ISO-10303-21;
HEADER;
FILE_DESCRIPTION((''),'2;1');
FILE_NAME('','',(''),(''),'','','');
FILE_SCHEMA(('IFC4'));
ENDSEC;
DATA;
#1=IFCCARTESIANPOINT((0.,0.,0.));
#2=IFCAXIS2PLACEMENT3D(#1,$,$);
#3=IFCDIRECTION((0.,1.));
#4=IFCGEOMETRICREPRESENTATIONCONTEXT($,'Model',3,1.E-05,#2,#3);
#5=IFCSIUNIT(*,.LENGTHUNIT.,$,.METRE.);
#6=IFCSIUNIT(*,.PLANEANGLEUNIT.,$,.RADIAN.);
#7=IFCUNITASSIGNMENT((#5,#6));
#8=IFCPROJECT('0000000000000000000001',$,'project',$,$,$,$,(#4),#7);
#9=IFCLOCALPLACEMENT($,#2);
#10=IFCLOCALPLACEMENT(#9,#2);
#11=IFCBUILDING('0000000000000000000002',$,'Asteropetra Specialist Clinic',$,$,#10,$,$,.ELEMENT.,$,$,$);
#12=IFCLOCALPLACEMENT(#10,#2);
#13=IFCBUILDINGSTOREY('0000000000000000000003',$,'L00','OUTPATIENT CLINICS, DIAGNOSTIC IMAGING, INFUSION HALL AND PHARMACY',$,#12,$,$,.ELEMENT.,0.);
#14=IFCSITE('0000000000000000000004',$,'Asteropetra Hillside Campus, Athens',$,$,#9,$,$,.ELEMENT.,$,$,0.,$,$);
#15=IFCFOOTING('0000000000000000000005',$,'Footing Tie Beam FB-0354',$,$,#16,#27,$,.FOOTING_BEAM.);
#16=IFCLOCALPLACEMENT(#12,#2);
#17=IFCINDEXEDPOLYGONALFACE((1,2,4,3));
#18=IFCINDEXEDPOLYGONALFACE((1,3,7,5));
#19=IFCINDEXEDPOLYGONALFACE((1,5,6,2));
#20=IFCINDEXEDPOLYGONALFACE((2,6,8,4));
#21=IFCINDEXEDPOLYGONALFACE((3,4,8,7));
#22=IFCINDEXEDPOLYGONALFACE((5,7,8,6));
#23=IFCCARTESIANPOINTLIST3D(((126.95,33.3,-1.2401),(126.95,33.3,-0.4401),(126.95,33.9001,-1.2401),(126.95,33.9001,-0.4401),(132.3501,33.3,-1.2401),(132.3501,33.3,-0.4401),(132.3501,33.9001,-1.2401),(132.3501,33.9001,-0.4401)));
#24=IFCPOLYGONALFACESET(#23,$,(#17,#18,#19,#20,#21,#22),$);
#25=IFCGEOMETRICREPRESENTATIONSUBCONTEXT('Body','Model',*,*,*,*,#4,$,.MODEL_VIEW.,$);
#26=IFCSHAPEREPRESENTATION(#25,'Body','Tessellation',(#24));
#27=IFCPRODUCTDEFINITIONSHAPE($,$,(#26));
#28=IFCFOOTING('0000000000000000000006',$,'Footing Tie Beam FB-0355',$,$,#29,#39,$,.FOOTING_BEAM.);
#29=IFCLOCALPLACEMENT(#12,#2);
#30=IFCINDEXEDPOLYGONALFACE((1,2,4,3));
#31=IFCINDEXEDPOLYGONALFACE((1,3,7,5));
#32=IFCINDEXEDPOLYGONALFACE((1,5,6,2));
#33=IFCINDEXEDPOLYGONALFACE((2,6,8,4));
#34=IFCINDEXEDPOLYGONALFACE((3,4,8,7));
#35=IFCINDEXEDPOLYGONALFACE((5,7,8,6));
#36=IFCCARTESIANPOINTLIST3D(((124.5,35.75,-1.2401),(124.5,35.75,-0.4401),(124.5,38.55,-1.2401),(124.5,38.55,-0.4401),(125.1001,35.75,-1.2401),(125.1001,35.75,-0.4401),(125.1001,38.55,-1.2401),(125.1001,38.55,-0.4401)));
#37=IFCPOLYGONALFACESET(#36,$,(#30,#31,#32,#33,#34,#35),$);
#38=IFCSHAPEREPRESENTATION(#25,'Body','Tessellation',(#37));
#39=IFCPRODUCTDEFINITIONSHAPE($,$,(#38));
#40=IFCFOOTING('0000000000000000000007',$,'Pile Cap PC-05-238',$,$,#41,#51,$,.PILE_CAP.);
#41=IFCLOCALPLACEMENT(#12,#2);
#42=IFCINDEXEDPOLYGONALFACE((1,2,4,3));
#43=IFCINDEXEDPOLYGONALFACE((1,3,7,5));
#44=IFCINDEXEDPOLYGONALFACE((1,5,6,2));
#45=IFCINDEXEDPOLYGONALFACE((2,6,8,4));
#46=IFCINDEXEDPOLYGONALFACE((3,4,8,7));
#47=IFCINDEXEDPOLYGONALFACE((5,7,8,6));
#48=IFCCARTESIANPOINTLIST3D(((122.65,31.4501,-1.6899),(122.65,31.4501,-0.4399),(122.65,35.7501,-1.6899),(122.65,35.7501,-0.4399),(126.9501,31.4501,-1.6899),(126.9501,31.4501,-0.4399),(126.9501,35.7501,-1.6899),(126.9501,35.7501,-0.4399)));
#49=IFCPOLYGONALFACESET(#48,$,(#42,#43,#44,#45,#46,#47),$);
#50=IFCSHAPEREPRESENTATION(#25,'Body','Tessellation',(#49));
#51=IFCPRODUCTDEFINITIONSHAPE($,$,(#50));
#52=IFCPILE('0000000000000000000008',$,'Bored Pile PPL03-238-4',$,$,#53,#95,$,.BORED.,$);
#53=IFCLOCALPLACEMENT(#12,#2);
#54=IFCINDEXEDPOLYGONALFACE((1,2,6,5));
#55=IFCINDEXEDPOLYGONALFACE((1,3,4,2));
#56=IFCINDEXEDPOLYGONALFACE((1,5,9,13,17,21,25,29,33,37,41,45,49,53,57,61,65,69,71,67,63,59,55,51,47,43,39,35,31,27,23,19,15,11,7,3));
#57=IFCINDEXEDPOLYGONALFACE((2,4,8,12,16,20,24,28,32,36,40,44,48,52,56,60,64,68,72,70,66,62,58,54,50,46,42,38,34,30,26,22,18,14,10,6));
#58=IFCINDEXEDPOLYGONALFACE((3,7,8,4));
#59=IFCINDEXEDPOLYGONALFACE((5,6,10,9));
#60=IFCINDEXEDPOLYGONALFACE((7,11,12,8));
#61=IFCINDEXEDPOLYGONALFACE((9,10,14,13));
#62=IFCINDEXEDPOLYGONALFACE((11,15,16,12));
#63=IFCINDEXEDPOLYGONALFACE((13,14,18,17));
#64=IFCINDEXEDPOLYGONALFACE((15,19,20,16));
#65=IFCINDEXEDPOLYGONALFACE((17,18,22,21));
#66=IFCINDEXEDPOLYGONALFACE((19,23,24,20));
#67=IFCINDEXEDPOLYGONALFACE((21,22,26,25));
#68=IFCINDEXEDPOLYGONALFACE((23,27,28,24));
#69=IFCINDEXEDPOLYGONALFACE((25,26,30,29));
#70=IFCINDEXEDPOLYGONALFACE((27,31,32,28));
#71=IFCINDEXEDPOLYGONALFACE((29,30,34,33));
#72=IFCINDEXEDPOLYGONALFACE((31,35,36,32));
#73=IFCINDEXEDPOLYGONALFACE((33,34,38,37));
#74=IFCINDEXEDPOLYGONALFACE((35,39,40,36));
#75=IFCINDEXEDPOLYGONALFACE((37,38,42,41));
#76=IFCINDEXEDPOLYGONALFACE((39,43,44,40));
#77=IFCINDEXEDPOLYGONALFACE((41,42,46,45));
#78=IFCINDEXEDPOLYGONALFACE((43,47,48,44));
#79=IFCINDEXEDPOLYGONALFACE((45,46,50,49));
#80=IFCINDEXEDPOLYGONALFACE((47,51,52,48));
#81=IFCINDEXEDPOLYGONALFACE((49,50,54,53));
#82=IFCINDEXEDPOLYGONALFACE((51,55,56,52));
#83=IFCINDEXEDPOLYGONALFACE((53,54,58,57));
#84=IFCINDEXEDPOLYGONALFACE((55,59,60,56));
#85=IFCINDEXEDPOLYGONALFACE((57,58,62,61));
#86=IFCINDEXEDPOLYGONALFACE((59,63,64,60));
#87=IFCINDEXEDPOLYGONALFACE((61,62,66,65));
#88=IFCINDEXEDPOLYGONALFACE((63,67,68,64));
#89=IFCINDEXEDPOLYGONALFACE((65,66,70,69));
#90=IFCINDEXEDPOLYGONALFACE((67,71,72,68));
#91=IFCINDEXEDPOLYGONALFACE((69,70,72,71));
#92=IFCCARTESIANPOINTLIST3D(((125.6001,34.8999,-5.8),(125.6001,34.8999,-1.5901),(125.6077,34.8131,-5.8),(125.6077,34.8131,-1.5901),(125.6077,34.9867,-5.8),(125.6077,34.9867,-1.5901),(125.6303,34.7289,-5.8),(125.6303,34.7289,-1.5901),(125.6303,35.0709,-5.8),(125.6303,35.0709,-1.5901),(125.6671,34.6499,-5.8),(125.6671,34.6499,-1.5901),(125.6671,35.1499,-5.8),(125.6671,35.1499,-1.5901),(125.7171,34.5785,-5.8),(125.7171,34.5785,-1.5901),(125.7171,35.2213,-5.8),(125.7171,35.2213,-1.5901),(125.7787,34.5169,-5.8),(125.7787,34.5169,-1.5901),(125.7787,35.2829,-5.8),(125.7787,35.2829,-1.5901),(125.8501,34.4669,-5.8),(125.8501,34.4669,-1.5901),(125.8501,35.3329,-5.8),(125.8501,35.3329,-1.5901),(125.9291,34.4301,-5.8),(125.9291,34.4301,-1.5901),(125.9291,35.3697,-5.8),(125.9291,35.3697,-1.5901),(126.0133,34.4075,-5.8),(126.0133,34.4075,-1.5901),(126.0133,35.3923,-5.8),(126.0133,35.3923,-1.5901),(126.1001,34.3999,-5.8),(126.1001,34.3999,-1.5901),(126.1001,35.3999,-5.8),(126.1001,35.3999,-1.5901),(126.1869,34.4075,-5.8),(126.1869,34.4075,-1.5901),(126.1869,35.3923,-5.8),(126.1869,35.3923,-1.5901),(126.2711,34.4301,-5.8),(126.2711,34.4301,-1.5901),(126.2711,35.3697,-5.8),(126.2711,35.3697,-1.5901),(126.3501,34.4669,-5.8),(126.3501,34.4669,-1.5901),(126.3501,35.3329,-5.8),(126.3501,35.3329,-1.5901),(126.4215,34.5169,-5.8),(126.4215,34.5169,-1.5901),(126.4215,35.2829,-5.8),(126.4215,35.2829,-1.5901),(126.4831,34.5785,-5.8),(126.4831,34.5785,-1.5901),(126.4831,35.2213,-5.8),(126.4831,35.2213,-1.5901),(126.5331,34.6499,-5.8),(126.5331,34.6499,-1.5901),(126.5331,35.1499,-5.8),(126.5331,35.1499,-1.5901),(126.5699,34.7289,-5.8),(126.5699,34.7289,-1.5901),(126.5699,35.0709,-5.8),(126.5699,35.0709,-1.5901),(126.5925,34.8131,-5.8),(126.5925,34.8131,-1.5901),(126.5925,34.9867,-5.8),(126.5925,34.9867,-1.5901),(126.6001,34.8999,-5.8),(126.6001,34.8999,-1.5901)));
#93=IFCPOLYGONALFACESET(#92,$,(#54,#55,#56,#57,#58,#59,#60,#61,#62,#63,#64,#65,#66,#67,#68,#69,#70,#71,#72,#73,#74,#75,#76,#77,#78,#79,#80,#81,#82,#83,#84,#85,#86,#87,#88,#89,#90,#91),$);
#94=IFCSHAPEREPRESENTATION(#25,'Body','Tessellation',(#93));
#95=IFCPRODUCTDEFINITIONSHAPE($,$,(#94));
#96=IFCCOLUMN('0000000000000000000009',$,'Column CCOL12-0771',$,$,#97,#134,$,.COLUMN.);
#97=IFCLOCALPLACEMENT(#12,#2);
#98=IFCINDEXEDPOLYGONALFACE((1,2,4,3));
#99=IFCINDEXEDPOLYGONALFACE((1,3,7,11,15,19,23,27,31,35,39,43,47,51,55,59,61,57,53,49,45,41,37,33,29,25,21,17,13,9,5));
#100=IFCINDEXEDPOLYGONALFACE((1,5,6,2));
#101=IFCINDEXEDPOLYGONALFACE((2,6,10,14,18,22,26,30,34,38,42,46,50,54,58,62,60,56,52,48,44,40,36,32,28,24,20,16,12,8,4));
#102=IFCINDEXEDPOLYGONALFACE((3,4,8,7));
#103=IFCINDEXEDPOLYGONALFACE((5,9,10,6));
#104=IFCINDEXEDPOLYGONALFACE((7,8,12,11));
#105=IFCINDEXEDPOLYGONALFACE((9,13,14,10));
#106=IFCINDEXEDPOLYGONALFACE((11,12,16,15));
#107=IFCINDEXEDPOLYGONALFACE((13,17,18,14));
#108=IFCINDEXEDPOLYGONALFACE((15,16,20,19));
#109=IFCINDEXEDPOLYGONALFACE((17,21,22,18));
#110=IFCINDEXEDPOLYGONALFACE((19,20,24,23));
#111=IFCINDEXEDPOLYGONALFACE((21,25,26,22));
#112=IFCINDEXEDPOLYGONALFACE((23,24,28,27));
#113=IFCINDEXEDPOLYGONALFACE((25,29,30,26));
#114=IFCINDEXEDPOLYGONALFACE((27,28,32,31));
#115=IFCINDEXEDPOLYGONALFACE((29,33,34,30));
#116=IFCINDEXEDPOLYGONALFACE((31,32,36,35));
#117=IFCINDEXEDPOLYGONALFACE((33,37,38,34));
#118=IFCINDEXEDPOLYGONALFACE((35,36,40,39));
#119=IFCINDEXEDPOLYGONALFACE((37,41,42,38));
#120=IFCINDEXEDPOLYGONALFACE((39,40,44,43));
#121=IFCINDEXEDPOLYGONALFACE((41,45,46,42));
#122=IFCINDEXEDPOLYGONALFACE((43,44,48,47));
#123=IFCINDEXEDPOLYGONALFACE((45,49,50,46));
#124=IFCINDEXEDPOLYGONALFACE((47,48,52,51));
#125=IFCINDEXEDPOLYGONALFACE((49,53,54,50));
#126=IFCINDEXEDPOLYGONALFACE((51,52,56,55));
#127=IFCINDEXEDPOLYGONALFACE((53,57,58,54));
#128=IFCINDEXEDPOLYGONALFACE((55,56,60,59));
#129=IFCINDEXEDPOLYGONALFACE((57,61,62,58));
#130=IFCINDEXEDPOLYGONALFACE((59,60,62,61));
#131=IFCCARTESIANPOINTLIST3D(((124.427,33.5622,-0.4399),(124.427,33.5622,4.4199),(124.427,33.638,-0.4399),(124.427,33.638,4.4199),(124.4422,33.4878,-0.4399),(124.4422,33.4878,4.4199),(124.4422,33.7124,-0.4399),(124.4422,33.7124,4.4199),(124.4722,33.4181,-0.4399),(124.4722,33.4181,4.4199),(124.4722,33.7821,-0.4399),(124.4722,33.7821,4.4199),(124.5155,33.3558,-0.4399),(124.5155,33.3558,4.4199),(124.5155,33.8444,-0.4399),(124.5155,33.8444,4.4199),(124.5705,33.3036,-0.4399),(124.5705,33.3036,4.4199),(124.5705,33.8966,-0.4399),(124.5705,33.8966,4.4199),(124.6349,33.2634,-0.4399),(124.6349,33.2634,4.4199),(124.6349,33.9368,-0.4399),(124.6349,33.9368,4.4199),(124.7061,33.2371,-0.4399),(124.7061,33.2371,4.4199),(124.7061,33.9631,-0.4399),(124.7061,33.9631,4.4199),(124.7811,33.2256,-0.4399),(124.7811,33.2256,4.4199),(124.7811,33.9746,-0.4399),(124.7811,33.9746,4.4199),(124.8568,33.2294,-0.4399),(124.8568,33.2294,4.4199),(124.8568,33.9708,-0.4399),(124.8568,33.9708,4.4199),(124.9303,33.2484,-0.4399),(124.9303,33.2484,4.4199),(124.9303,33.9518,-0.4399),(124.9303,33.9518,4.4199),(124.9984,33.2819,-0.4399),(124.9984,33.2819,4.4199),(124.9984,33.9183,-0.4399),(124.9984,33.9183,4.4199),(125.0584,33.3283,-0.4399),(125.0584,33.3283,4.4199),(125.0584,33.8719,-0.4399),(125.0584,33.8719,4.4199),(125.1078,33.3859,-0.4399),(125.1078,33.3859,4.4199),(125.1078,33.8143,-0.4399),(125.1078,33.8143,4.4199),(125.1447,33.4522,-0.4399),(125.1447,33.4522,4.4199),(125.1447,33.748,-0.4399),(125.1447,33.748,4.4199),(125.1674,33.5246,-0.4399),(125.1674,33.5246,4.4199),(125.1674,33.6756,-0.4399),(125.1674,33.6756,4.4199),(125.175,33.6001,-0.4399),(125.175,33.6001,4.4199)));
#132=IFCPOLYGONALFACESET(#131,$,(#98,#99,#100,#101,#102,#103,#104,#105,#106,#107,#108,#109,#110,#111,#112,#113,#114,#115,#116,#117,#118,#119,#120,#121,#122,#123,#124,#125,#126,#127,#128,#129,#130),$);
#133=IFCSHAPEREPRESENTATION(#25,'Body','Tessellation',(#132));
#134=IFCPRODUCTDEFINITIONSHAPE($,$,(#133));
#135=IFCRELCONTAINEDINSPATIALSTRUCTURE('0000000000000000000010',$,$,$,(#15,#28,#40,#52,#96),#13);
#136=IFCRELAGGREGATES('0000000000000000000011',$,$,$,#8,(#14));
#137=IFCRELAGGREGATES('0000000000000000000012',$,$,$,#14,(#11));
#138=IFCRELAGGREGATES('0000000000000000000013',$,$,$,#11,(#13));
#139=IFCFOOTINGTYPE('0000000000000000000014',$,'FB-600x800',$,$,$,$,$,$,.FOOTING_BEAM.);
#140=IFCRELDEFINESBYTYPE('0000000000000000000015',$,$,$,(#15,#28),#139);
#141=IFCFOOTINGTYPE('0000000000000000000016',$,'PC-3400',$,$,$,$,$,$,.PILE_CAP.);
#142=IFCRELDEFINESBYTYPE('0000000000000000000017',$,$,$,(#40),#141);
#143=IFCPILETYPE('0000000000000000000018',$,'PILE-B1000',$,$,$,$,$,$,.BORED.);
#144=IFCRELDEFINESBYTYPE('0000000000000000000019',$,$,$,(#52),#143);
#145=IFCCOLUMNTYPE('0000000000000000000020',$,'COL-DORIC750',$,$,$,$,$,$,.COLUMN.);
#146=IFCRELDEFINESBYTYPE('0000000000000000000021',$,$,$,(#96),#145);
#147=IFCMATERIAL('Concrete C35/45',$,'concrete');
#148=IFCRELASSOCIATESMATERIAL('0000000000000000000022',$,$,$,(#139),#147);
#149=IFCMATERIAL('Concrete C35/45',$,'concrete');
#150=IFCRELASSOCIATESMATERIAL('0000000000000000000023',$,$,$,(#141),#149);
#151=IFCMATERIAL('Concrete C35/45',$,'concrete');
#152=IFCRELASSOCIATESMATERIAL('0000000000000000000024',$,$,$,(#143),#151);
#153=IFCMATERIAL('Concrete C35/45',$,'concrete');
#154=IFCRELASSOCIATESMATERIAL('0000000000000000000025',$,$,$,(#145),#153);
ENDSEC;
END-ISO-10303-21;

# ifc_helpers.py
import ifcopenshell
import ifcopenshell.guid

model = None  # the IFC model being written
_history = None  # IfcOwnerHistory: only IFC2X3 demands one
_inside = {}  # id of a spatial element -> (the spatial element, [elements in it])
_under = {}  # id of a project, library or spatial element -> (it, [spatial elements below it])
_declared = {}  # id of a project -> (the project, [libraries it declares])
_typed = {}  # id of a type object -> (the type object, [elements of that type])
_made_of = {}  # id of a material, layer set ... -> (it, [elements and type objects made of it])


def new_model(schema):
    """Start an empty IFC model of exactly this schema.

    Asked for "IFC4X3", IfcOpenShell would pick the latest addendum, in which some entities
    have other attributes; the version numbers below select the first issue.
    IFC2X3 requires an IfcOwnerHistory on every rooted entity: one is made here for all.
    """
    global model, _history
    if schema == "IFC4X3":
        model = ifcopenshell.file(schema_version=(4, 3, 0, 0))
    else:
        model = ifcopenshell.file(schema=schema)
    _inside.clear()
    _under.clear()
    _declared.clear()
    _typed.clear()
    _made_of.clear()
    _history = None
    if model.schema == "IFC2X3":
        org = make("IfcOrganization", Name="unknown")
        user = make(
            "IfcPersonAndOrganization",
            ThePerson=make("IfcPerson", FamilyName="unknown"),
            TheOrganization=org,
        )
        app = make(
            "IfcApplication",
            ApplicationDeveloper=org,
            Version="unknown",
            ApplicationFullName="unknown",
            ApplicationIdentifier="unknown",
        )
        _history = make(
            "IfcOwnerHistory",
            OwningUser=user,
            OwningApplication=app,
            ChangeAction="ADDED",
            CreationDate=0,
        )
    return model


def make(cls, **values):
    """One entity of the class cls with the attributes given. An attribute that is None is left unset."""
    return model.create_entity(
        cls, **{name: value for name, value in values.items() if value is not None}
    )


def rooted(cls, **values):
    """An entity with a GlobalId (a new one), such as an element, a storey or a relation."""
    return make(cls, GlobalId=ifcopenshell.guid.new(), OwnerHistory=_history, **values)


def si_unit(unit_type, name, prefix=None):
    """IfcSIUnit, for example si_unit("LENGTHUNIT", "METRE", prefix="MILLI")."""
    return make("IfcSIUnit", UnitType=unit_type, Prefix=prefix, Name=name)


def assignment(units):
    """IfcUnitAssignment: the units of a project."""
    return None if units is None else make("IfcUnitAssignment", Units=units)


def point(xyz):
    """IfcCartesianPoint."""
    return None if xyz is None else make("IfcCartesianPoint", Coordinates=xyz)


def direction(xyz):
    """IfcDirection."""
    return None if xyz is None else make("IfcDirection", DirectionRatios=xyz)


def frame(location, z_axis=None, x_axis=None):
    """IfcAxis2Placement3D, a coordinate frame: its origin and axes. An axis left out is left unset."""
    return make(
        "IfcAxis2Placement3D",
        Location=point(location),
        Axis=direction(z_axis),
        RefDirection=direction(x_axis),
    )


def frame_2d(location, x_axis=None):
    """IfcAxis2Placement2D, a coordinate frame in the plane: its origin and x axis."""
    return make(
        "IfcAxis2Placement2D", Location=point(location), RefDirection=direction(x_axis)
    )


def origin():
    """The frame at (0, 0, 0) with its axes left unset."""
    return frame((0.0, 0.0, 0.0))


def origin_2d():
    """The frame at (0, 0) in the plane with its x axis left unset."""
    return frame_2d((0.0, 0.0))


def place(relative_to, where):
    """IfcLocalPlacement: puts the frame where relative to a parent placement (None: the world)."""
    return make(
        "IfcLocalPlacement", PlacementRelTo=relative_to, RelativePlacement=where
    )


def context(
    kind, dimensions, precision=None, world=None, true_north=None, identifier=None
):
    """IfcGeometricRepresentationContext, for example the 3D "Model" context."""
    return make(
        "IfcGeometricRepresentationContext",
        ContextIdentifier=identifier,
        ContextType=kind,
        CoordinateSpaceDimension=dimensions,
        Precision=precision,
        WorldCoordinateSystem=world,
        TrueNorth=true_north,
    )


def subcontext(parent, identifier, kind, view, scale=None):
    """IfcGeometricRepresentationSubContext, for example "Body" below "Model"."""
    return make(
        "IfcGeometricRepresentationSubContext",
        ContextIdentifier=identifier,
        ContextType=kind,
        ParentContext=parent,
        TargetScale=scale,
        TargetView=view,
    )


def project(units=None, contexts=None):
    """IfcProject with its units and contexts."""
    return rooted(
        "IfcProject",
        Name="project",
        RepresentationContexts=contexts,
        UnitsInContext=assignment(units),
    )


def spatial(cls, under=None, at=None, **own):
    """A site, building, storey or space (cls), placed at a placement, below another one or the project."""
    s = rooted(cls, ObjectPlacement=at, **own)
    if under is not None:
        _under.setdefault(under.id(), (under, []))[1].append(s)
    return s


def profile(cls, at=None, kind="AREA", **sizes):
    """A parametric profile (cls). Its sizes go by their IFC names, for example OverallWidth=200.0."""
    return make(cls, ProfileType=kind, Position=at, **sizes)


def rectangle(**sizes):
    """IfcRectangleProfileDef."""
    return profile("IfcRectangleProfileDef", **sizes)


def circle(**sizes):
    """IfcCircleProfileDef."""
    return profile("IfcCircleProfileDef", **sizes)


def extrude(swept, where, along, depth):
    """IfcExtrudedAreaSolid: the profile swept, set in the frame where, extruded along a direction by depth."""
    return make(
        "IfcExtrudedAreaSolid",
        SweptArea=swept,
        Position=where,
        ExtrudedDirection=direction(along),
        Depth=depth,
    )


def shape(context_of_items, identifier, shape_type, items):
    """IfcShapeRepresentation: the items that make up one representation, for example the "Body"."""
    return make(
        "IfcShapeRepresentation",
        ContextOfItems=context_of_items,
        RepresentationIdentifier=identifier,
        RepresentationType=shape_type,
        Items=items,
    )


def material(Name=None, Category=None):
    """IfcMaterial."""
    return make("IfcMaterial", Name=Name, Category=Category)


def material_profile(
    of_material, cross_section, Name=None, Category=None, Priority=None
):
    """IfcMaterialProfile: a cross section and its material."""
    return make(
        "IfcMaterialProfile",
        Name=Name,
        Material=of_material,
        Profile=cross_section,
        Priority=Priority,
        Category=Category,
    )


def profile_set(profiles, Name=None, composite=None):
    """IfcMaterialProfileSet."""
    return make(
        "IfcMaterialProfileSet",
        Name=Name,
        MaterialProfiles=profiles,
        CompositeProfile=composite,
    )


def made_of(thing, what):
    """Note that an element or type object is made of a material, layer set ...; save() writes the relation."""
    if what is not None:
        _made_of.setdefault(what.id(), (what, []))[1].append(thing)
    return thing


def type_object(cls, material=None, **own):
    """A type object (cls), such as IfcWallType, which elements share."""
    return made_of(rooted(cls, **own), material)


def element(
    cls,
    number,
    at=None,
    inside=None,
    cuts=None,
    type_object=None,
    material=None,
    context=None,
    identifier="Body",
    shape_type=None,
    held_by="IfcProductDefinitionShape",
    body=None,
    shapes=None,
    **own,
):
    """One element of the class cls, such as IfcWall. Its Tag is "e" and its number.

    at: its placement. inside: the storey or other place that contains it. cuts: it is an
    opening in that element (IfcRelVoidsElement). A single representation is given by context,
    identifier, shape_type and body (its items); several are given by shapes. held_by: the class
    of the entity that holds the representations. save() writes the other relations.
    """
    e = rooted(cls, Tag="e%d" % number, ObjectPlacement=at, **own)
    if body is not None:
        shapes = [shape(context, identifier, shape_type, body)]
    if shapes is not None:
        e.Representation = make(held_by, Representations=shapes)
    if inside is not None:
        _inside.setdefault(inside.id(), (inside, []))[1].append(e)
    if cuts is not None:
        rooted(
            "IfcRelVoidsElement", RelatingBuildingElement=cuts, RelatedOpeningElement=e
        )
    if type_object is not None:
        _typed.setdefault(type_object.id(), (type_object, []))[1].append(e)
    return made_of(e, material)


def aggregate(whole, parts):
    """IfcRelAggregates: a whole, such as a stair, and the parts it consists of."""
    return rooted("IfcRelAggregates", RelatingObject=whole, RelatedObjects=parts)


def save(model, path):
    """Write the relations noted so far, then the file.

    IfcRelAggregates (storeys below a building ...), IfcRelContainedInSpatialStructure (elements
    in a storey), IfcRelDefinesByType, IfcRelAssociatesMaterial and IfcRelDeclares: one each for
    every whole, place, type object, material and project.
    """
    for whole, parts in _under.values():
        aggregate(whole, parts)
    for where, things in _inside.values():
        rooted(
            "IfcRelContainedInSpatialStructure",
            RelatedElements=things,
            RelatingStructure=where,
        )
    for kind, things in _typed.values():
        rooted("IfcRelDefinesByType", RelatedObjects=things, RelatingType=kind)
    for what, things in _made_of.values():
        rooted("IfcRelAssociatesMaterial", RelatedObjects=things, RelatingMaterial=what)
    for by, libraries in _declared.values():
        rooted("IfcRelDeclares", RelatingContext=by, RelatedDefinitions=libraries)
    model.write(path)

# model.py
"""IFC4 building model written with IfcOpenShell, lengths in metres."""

from ifc_helpers import new_model, si_unit, direction, frame, origin, origin_2d, place, context, subcontext, project, spatial, rectangle, circle, extrude, material, material_profile, profile_set, type_object, element, save


model = new_model("IFC4")

# Units and contexts
model_context = context("Model", 3, precision=1e-05, world=origin(), true_north=direction((0.0, 1.0)))
body_context = subcontext(model_context, "Body", "Model", "MODEL_VIEW")
ifc_project = project(units=[si_unit("LENGTHUNIT", "METRE"), si_unit("PLANEANGLEUNIT", "RADIAN")], contexts=[model_context])

# Site, building, storey
site_placement = place(None, origin())
site = spatial("IfcSite", under=ifc_project, at=site_placement, Name="Asteropetra Hillside Campus, Athens", CompositionType="ELEMENT", RefElevation=0.0)
building_placement = place(site_placement, origin())
building = spatial("IfcBuilding", under=site, at=building_placement, Name="Asteropetra Specialist Clinic", CompositionType="ELEMENT")
storey_placement = place(building_placement, origin())
storey = spatial("IfcBuildingStorey", under=building, at=storey_placement, Name="L00", Description="OUTPATIENT CLINICS, DIAGNOSTIC IMAGING, INFUSION HALL AND PHARMACY", CompositionType="ELEMENT", Elevation=0.0)

# Footings
ifc_material_1 = material(Name="Concrete C35/45", Category="concrete")
ifc_material_profile_1 = material_profile(ifc_material_1, rectangle(XDim=0.6001, YDim=0.8, at=origin_2d()), Name="FB 600x800")
ifc_profile_set_1 = profile_set([ifc_material_profile_1], Name="Concrete C35/45")
footing_type_1 = type_object("IfcFootingType", Name="FB-600x800", PredefinedType="FOOTING_BEAM", material=ifc_profile_set_1)
footing_1_placement = place(storey_placement, frame((126.95, 33.6001, -0.8401), z_axis=(1.0, 0.0, 0.0), x_axis=(0.0, 1.0, 0.0)))
element("IfcFooting", 1, at=footing_1_placement, inside=storey, type_object=footing_type_1, Name="Footing Tie Beam FB-0354", PredefinedType="FOOTING_BEAM", context=body_context, shape_type="SweptSolid", body=[
    extrude(rectangle(XDim=0.6001, YDim=0.8, at=origin_2d()), origin(), (0.0, 0.0, 1.0), 5.4001),
])
footing_2_placement = place(storey_placement, frame((124.8, 35.75, -0.8401), z_axis=(0.0, 1.0, 0.0), x_axis=(-1.0, 0.0, 0.0)))
element("IfcFooting", 2, at=footing_2_placement, inside=storey, type_object=footing_type_1, Name="Footing Tie Beam FB-0355", PredefinedType="FOOTING_BEAM", context=body_context, shape_type="SweptSolid", body=[
    extrude(rectangle(XDim=0.6001, YDim=0.8, at=origin_2d()), origin(), (0.0, 0.0, 1.0), 2.8),
])
ifc_material_2 = material(Name="Concrete C35/45", Category="concrete")
footing_type_2 = type_object("IfcFootingType", Name="PC-3400", PredefinedType="PILE_CAP", material=ifc_material_2)
footing_3_placement = place(storey_placement, frame((124.8, 33.6001, -1.6899), z_axis=(0.0, 0.0, 1.0), x_axis=(1.0, 0.0, 0.0)))
element("IfcFooting", 3, at=footing_3_placement, inside=storey, type_object=footing_type_2, Name="Pile Cap PC-05-238", PredefinedType="PILE_CAP", context=body_context, shape_type="SweptSolid", body=[
    extrude(rectangle(XDim=4.3, YDim=4.3, at=origin_2d()), origin(), (0.0, 0.0, 1.0), 1.25),
])

# Pile
ifc_material_3 = material(Name="Concrete C35/45", Category="concrete")
ifc_material_profile_2 = material_profile(ifc_material_3, circle(Radius=0.5, at=origin_2d()), Name="PILE D1000")
ifc_profile_set_2 = profile_set([ifc_material_profile_2], Name="Concrete C35/45")
pile_type = type_object("IfcPileType", Name="PILE-B1000", PredefinedType="BORED", material=ifc_profile_set_2)
pile_placement = place(storey_placement, frame((126.1001, 34.8999, -1.5901), z_axis=(0.0, 0.0, -1.0), x_axis=(1.0, 0.0, 0.0)))
element("IfcPile", 4, at=pile_placement, inside=storey, type_object=pile_type, Name="Bored Pile PPL03-238-4", PredefinedType="BORED", context=body_context, shape_type="SweptSolid", body=[
    extrude(circle(Radius=0.5, at=origin_2d()), origin(), (0.0, 0.0, 1.0), 4.21),
])

# Column
ifc_material_4 = material(Name="Concrete C35/45", Category="concrete")
ifc_material_profile_3 = material_profile(ifc_material_4, circle(Radius=0.375, at=origin_2d()), Name="RCC D750")
ifc_profile_set_3 = profile_set([ifc_material_profile_3], Name="Concrete C35/45")
column_type = type_object("IfcColumnType", Name="COL-DORIC750", PredefinedType="COLUMN", material=ifc_profile_set_3)
column_placement = place(storey_placement, frame((124.8, 33.6001, -0.4399), z_axis=(0.0, 0.0, 1.0), x_axis=(1.0, 0.0, 0.0)))
element("IfcColumn", 5, at=column_placement, inside=storey, type_object=column_type, Name="Column CCOL12-0771", PredefinedType="COLUMN", context=body_context, shape_type="SweptSolid", body=[
    extrude(circle(Radius=0.375, at=origin_2d()), origin(), (0.0, 0.0, 1.0), 4.8599),
])

save(model, "model.ifc")
